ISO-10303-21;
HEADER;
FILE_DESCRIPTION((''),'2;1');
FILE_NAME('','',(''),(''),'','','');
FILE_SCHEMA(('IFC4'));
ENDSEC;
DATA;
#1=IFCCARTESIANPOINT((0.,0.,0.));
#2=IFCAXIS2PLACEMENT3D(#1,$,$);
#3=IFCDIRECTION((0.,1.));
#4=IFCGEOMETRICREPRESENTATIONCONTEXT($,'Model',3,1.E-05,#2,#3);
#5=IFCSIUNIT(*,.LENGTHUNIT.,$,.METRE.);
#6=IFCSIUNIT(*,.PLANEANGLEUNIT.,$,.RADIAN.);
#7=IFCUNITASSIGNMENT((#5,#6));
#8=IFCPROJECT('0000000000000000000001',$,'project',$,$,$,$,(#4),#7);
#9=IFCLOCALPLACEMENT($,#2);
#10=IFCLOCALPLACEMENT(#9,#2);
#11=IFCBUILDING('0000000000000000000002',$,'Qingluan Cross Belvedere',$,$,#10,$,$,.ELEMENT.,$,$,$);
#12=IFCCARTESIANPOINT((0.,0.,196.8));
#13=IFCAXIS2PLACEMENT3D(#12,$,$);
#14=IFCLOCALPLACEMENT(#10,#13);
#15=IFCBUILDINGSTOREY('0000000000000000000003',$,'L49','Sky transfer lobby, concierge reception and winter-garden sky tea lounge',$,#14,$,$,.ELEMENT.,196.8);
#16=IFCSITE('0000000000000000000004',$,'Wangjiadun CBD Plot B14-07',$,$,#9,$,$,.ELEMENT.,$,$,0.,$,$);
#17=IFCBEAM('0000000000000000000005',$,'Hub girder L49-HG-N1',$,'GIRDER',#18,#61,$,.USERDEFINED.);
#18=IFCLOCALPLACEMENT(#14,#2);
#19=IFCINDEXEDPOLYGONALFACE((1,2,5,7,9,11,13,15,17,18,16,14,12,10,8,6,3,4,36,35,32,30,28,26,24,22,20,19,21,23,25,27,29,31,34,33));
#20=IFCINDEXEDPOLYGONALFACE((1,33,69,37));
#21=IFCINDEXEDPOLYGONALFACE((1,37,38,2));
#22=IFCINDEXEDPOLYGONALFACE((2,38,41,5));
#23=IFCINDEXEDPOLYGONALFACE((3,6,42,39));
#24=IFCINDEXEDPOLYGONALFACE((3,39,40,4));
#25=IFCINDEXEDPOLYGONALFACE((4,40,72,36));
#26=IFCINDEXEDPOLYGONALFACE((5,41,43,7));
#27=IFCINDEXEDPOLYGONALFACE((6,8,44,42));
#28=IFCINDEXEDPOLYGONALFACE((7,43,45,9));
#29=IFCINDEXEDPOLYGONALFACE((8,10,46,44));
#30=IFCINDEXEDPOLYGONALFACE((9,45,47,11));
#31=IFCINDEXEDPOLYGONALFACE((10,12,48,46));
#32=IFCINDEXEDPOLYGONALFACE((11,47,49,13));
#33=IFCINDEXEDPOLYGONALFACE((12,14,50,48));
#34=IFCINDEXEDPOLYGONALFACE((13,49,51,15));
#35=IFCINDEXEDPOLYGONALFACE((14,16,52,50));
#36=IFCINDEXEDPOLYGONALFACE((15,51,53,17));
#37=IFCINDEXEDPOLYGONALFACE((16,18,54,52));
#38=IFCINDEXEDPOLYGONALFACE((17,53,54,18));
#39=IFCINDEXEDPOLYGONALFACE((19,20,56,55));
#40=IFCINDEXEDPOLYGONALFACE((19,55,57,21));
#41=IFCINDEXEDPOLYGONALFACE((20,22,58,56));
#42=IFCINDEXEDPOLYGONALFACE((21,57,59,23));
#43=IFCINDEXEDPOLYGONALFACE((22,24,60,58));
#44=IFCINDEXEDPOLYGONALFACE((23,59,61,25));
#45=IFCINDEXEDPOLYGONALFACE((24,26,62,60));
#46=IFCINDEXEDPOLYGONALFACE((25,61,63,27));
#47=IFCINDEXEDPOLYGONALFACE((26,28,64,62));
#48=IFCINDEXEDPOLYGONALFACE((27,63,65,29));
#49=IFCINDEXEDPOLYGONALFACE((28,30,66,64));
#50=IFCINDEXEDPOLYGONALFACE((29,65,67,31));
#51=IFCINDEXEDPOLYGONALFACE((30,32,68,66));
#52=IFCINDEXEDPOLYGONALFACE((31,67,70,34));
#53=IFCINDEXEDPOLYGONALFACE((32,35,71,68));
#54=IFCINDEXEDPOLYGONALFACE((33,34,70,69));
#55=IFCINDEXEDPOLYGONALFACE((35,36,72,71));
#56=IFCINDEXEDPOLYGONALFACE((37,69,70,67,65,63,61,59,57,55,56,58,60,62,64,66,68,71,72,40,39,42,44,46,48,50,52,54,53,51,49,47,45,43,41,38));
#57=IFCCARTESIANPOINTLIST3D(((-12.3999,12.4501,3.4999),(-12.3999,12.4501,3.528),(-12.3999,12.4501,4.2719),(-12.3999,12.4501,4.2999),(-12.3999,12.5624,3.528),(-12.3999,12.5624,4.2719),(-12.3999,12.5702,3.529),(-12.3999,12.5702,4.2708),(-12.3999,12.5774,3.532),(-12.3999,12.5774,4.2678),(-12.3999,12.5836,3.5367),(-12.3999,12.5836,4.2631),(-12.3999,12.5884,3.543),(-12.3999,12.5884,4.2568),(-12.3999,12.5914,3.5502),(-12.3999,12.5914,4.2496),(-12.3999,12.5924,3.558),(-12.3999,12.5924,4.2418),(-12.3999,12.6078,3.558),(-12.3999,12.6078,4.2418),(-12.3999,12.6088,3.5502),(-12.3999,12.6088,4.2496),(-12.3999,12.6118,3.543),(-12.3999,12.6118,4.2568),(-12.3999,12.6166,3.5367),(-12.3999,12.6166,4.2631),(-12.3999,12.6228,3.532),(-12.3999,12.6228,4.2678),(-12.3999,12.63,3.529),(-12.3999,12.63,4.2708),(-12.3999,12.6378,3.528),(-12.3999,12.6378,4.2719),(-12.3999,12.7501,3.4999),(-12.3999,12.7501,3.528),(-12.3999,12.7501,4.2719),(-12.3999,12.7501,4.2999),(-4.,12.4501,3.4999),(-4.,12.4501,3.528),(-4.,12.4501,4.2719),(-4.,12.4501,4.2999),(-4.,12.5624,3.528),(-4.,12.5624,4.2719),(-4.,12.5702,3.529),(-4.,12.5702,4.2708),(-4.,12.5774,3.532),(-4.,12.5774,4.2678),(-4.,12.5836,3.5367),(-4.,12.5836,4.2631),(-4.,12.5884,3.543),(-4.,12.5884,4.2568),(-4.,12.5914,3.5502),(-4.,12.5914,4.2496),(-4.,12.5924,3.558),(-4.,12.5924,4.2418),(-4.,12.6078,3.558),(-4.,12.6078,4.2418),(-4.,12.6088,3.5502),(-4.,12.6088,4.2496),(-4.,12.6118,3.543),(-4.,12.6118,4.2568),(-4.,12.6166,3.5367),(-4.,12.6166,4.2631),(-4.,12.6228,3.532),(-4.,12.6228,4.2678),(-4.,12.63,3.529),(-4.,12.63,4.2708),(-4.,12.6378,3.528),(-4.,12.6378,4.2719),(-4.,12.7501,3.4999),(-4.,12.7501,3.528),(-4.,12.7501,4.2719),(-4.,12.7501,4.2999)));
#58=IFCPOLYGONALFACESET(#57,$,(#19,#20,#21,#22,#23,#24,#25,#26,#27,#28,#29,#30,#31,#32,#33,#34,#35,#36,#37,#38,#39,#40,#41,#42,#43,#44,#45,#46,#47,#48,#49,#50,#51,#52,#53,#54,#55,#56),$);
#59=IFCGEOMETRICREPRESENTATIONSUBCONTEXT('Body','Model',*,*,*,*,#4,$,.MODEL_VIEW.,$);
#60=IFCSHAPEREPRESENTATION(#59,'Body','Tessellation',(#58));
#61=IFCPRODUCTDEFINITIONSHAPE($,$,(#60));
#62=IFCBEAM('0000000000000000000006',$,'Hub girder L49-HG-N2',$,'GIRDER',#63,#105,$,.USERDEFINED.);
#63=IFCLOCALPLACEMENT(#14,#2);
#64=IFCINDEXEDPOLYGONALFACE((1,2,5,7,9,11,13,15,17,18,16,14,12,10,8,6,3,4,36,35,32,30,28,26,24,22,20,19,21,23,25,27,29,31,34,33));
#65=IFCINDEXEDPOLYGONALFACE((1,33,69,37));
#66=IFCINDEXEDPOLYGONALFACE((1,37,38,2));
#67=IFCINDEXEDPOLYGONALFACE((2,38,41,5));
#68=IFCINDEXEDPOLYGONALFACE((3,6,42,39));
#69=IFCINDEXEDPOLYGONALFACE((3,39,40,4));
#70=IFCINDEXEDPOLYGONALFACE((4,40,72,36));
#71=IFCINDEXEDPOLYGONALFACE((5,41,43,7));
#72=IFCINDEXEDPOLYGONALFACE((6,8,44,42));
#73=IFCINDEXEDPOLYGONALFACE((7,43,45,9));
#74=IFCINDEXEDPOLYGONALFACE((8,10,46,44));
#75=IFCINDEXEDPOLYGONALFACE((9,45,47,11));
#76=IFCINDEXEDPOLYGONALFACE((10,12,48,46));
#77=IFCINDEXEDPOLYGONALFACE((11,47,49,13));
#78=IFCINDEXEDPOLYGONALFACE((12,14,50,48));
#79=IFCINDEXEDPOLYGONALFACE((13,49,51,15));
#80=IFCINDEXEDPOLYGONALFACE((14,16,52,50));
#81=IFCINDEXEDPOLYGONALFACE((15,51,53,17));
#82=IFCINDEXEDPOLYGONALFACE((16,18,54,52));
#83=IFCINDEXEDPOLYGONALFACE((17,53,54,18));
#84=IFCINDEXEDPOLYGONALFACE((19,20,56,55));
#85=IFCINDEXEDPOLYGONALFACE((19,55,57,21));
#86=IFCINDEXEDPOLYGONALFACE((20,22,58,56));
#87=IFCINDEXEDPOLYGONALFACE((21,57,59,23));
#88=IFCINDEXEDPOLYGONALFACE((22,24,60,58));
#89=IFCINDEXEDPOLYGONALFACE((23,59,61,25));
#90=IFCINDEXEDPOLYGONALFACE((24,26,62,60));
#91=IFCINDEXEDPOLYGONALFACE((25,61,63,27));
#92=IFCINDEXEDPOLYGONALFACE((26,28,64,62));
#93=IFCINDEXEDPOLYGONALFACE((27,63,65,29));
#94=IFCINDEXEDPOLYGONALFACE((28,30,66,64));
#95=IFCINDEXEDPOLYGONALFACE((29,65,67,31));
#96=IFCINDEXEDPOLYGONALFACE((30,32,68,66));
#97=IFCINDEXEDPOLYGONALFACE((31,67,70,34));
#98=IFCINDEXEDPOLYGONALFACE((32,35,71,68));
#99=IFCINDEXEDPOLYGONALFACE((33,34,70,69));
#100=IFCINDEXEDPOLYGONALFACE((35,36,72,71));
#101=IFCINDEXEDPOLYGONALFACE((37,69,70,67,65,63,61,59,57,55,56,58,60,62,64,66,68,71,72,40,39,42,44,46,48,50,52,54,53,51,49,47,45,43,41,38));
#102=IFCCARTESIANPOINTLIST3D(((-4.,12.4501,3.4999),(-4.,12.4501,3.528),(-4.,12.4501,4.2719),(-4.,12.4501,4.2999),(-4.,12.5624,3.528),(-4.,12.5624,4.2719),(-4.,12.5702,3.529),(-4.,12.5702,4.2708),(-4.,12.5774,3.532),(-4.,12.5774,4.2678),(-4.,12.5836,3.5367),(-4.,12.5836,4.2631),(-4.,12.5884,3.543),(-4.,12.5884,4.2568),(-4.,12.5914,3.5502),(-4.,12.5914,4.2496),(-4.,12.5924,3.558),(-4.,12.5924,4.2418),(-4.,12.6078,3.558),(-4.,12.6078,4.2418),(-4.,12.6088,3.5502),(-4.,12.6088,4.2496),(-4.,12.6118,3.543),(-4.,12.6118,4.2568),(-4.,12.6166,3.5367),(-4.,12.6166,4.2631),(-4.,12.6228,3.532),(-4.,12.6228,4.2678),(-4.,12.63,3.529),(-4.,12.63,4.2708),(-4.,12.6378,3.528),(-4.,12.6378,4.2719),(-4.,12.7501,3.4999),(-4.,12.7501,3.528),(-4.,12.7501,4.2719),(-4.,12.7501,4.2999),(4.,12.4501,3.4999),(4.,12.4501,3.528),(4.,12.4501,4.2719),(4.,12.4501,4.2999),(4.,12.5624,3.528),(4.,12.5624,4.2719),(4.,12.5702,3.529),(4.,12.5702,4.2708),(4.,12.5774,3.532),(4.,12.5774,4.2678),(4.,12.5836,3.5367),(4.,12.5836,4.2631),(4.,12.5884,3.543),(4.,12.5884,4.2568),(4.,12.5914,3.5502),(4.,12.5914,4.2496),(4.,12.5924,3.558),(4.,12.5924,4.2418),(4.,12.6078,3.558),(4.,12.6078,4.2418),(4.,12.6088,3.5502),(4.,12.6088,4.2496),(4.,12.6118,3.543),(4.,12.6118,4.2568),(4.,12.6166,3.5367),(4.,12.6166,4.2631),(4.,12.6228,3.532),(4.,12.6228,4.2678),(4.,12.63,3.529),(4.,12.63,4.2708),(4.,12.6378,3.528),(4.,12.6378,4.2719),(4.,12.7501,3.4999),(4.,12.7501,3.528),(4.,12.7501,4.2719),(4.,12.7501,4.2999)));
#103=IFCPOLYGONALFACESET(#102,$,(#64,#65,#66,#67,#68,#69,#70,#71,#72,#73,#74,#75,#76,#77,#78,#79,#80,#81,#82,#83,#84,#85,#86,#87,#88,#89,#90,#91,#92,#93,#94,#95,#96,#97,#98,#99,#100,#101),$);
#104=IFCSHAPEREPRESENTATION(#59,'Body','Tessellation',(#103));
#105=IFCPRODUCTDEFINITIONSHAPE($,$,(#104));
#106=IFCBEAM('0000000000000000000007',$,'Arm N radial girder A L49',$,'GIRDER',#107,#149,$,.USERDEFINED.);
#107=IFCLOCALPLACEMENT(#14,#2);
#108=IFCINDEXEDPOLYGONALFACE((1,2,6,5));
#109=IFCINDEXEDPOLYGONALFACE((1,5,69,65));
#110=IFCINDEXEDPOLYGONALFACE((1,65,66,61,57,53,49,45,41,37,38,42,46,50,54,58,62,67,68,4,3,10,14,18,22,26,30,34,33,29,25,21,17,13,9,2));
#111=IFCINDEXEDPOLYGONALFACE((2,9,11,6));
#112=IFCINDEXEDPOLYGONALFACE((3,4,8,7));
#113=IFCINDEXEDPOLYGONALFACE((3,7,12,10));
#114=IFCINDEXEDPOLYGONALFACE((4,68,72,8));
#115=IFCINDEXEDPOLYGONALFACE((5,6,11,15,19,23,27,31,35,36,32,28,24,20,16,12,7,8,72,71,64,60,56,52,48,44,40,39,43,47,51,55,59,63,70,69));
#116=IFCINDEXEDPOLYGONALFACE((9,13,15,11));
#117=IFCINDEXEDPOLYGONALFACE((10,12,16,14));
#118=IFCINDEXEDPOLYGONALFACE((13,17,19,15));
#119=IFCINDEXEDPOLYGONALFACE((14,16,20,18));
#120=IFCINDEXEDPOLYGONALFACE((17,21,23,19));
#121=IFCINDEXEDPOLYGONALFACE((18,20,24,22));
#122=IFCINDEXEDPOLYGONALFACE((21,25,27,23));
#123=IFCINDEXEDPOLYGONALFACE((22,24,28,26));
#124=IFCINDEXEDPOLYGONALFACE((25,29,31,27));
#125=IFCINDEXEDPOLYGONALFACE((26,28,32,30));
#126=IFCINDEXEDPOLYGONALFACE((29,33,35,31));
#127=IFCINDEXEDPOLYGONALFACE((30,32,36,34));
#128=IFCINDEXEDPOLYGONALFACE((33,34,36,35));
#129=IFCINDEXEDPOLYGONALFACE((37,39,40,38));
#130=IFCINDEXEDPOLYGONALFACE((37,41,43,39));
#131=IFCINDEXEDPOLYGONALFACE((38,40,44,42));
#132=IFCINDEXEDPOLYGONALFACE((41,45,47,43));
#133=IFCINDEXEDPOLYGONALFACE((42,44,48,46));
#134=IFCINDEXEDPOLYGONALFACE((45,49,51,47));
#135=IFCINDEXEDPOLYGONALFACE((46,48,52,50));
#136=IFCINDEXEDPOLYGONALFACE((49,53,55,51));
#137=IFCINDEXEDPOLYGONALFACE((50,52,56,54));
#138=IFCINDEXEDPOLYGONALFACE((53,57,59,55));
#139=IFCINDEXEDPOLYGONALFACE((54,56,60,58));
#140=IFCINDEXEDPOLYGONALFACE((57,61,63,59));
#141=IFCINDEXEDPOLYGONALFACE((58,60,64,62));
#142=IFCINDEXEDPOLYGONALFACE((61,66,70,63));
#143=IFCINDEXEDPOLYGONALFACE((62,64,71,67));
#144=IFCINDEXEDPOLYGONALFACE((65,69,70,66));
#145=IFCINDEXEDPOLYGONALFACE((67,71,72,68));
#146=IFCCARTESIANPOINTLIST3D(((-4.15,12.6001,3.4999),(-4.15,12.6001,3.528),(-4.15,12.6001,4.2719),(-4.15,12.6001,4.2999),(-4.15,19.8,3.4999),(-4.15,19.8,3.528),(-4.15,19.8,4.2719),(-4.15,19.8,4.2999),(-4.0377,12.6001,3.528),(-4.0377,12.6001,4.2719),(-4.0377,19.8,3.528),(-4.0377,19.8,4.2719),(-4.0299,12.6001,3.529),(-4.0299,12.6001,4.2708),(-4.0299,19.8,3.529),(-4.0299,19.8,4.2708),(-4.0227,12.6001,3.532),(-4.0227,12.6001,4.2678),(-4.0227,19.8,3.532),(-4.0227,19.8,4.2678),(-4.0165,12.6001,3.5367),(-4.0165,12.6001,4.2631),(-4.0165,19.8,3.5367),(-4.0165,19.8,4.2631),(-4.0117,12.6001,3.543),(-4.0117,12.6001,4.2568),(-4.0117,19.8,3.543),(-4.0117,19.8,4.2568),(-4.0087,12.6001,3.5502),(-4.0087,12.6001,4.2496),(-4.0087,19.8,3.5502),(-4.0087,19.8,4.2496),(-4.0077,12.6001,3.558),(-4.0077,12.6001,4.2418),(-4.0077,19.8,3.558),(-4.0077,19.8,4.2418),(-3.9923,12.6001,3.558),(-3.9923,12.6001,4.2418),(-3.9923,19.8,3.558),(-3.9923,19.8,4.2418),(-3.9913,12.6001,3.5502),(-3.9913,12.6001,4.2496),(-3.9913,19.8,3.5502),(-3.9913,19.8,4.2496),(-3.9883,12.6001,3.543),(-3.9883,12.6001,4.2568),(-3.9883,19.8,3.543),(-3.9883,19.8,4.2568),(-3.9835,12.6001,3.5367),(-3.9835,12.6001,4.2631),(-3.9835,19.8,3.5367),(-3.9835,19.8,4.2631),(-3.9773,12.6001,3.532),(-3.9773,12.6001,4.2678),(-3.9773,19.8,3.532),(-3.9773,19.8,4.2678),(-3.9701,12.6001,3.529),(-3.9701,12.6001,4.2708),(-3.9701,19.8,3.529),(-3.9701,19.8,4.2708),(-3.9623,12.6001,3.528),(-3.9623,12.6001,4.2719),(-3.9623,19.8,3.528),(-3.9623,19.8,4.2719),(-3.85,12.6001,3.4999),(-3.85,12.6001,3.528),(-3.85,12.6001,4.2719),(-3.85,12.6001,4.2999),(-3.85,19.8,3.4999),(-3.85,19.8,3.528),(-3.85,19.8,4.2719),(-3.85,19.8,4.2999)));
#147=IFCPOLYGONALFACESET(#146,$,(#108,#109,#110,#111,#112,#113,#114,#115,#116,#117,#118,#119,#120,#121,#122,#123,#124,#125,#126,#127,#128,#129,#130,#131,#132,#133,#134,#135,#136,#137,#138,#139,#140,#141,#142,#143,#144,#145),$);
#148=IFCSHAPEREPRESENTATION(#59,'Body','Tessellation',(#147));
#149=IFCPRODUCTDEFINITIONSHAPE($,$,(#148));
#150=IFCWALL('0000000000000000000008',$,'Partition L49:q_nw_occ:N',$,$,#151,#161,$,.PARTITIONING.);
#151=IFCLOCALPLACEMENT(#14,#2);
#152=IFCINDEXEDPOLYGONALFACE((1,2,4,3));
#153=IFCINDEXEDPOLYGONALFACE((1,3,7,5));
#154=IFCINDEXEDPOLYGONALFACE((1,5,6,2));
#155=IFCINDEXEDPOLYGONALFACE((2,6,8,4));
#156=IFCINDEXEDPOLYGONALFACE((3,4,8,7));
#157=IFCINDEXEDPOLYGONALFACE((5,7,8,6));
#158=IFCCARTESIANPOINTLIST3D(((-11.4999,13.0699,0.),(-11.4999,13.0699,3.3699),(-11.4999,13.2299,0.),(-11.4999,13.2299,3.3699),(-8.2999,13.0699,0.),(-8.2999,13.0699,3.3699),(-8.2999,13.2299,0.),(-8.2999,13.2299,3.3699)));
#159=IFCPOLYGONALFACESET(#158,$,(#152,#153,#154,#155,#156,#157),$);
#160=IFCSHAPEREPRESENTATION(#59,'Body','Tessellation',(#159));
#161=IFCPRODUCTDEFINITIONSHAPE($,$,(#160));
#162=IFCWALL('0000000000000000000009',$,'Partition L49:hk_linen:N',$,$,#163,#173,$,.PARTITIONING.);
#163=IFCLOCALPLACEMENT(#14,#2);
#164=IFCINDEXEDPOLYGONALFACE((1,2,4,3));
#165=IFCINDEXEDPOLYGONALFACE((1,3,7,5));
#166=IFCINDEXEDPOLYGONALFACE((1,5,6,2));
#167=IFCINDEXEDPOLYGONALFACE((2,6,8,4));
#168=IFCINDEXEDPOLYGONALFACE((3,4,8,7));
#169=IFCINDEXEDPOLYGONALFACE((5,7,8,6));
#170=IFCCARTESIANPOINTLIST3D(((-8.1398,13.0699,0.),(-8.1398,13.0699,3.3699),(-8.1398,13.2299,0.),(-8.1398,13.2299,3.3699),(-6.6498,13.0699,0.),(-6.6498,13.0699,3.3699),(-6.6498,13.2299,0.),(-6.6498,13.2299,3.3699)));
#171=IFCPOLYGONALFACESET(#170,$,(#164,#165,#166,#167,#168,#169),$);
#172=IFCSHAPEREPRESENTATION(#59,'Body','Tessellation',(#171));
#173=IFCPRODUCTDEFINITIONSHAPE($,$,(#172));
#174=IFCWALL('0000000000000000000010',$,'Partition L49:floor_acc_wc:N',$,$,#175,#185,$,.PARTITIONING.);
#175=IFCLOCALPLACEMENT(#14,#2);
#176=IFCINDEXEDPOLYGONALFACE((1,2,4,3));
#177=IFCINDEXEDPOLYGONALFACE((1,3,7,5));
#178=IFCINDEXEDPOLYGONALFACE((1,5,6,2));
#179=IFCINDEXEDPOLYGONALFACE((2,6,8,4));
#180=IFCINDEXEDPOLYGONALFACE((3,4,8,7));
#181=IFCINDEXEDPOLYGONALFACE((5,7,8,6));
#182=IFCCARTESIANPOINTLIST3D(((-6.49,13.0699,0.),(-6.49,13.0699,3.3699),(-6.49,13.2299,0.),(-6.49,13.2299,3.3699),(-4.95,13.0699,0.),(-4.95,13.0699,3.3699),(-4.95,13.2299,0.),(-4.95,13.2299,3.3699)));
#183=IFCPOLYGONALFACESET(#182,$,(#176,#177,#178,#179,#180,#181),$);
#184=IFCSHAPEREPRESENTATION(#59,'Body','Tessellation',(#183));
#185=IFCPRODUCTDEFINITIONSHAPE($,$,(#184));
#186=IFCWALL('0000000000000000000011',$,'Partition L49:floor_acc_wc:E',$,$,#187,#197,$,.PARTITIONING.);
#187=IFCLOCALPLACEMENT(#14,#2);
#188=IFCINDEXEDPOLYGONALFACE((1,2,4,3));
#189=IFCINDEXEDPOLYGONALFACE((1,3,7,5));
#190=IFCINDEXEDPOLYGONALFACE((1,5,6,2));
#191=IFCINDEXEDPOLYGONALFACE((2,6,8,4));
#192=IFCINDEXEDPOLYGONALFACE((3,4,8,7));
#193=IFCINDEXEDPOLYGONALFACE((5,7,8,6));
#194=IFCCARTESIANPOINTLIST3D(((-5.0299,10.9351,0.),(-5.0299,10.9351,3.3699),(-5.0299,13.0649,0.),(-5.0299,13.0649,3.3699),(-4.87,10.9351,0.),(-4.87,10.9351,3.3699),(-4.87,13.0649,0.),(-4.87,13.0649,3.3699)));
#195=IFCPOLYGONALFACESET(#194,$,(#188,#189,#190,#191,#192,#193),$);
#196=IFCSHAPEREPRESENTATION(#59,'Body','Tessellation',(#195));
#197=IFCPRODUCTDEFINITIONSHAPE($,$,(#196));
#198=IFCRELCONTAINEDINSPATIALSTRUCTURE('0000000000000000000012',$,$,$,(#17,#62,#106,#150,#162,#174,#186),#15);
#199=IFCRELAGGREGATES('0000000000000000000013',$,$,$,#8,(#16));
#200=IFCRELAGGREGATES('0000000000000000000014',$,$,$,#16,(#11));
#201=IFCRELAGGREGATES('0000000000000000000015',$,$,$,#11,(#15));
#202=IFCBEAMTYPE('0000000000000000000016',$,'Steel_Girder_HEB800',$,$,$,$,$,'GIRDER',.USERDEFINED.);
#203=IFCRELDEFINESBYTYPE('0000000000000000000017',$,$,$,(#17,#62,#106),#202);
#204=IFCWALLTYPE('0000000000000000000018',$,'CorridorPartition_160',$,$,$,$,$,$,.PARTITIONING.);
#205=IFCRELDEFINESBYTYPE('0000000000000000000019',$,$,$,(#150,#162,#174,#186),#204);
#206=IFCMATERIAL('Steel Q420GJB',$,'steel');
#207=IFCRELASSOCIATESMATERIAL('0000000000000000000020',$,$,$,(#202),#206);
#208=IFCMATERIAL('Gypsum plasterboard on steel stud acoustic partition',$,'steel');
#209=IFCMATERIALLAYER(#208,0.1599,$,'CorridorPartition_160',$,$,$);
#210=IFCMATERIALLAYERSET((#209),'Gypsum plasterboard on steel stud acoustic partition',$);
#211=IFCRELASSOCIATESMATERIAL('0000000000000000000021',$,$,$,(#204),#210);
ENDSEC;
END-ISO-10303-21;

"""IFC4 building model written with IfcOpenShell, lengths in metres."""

from ifc_helpers import new_model, si_unit, direction, frame, frame_2d, origin, origin_2d, place, context, subcontext, project, spatial, rectangle, i_section, extrude, material, layer, layer_set, material_profile, profile_set, type_object, element, save


model = new_model("IFC4")

# Units and contexts
model_context = context("Model", 3, precision=1e-05, world=origin(), true_north=direction((0.0, 1.0)))
body_context = subcontext(model_context, "Body", "Model", "MODEL_VIEW")
ifc_project = project(units=[si_unit("LENGTHUNIT", "METRE"), si_unit("PLANEANGLEUNIT", "RADIAN")], contexts=[model_context])

# Site, building, storey
site_placement = place(None, origin())
site = spatial("IfcSite", under=ifc_project, at=site_placement, Name="Wangjiadun CBD Plot B14-07", CompositionType="ELEMENT", RefElevation=0.0)
building_placement = place(site_placement, origin())
building = spatial("IfcBuilding", under=site, at=building_placement, Name="Qingluan Cross Belvedere", CompositionType="ELEMENT")
storey_placement = place(building_placement, frame((0.0, 0.0, 196.8)))
storey = spatial("IfcBuildingStorey", under=building, at=storey_placement, Name="L49", Description="Sky transfer lobby, concierge reception and winter-garden sky tea lounge", CompositionType="ELEMENT", Elevation=196.8)

# Beams
ifc_material_1 = material(Name="Steel Q420GJB", Category="steel")
ifc_material_profile_1 = material_profile(ifc_material_1, i_section(OverallWidth=0.3, OverallDepth=0.8, WebThickness=0.0154, FlangeThickness=0.0281, FilletRadius=0.03, at=origin_2d()), Name="HEB800")
ifc_profile_set_1 = profile_set([ifc_material_profile_1], Name="Steel Q420GJB")
beam_type_1 = type_object("IfcBeamType", Name="Steel_Girder_HEB800", ElementType="GIRDER", PredefinedType="USERDEFINED", material=ifc_profile_set_1)
beam_1_placement = place(storey_placement, frame((-12.3999, 12.6001, 3.8999), z_axis=(1.0, 0.0, 0.0), x_axis=(0.0, 1.0, 0.0)))
element("IfcBeam", 1, at=beam_1_placement, inside=storey, type_object=beam_type_1, Name="Hub girder L49-HG-N1", ObjectType="GIRDER", PredefinedType="USERDEFINED", context=body_context, shape_type="SweptSolid", body=[
    extrude(i_section(OverallWidth=0.3, OverallDepth=0.8, WebThickness=0.0154, FlangeThickness=0.0281, FilletRadius=0.03, at=origin_2d()), origin(), (0.0, 0.0, 1.0), 8.3999),
])
beam_2_placement = place(storey_placement, frame((-4.0, 12.6001, 3.8999), z_axis=(1.0, 0.0, 0.0), x_axis=(0.0, 1.0, 0.0)))
element("IfcBeam", 2, at=beam_2_placement, inside=storey, type_object=beam_type_1, Name="Hub girder L49-HG-N2", ObjectType="GIRDER", PredefinedType="USERDEFINED", context=body_context, shape_type="SweptSolid", body=[
    extrude(i_section(OverallWidth=0.3, OverallDepth=0.8, WebThickness=0.0154, FlangeThickness=0.0281, FilletRadius=0.03, at=origin_2d()), origin(), (0.0, 0.0, 1.0), 8.0),
])
beam_3_placement = place(storey_placement, frame((-4.0, 12.6001, 3.8999), z_axis=(0.0, 1.0, 0.0), x_axis=(-1.0, 0.0, 0.0)))
element("IfcBeam", 3, at=beam_3_placement, inside=storey, type_object=beam_type_1, Name="Arm N radial girder A L49", ObjectType="GIRDER", PredefinedType="USERDEFINED", context=body_context, shape_type="SweptSolid", body=[
    extrude(i_section(OverallWidth=0.3, OverallDepth=0.8, WebThickness=0.0154, FlangeThickness=0.0281, FilletRadius=0.03, at=origin_2d()), origin(), (0.0, 0.0, 1.0), 7.2),
])

# Walls
ifc_material_2 = material(Name="Gypsum plasterboard on steel stud acoustic partition", Category="steel")
ifc_layer_1 = layer(ifc_material_2, 0.1599, Name="CorridorPartition_160")
ifc_layer_set_1 = layer_set([ifc_layer_1], Name="Gypsum plasterboard on steel stud acoustic partition")
wall_type_1 = type_object("IfcWallType", Name="CorridorPartition_160", PredefinedType="PARTITIONING", material=ifc_layer_set_1)
wall_1_placement = place(storey_placement, frame((-11.5, 13.1499, 0.0), z_axis=(0.0, 0.0, 1.0), x_axis=(1.0, 0.0, 0.0)))
element("IfcWall", 4, at=wall_1_placement, inside=storey, type_object=wall_type_1, Name="Partition L49:q_nw_occ:N", PredefinedType="PARTITIONING", context=body_context, shape_type="SweptSolid", body=[
    extrude(rectangle(XDim=3.2, YDim=0.1599, at=frame_2d((1.6001, 0.0))), origin(), (0.0, 0.0, 1.0), 3.3699),
])
wall_2_placement = place(storey_placement, frame((-8.1399, 13.1499, 0.0), z_axis=(0.0, 0.0, 1.0), x_axis=(1.0, 0.0, 0.0)))
element("IfcWall", 5, at=wall_2_placement, inside=storey, type_object=wall_type_1, Name="Partition L49:hk_linen:N", PredefinedType="PARTITIONING", context=body_context, shape_type="SweptSolid", body=[
    extrude(rectangle(XDim=1.49, YDim=0.1599, at=frame_2d((0.7451, 0.0))), origin(), (0.0, 0.0, 1.0), 3.3699),
])
wall_3_placement = place(storey_placement, frame((-6.49, 13.1499, 0.0), z_axis=(0.0, 0.0, 1.0), x_axis=(1.0, 0.0, 0.0)))
element("IfcWall", 6, at=wall_3_placement, inside=storey, type_object=wall_type_1, Name="Partition L49:floor_acc_wc:N", PredefinedType="PARTITIONING", context=body_context, shape_type="SweptSolid", body=[
    extrude(rectangle(XDim=1.54, YDim=0.1599, at=frame_2d((0.77, 0.0))), origin(), (0.0, 0.0, 1.0), 3.3699),
])
wall_4_placement = place(storey_placement, frame((-4.95, 10.9351, 0.0), z_axis=(0.0, 0.0, 1.0), x_axis=(0.0, 1.0, 0.0)))
element("IfcWall", 7, at=wall_4_placement, inside=storey, type_object=wall_type_1, Name="Partition L49:floor_acc_wc:E", PredefinedType="PARTITIONING", context=body_context, shape_type="SweptSolid", body=[
    extrude(rectangle(XDim=2.1299, YDim=0.1599, at=frame_2d((1.0649, 0.0))), origin(), (0.0, 0.0, 1.0), 3.3699),
])

save(model, "model.ifc")
